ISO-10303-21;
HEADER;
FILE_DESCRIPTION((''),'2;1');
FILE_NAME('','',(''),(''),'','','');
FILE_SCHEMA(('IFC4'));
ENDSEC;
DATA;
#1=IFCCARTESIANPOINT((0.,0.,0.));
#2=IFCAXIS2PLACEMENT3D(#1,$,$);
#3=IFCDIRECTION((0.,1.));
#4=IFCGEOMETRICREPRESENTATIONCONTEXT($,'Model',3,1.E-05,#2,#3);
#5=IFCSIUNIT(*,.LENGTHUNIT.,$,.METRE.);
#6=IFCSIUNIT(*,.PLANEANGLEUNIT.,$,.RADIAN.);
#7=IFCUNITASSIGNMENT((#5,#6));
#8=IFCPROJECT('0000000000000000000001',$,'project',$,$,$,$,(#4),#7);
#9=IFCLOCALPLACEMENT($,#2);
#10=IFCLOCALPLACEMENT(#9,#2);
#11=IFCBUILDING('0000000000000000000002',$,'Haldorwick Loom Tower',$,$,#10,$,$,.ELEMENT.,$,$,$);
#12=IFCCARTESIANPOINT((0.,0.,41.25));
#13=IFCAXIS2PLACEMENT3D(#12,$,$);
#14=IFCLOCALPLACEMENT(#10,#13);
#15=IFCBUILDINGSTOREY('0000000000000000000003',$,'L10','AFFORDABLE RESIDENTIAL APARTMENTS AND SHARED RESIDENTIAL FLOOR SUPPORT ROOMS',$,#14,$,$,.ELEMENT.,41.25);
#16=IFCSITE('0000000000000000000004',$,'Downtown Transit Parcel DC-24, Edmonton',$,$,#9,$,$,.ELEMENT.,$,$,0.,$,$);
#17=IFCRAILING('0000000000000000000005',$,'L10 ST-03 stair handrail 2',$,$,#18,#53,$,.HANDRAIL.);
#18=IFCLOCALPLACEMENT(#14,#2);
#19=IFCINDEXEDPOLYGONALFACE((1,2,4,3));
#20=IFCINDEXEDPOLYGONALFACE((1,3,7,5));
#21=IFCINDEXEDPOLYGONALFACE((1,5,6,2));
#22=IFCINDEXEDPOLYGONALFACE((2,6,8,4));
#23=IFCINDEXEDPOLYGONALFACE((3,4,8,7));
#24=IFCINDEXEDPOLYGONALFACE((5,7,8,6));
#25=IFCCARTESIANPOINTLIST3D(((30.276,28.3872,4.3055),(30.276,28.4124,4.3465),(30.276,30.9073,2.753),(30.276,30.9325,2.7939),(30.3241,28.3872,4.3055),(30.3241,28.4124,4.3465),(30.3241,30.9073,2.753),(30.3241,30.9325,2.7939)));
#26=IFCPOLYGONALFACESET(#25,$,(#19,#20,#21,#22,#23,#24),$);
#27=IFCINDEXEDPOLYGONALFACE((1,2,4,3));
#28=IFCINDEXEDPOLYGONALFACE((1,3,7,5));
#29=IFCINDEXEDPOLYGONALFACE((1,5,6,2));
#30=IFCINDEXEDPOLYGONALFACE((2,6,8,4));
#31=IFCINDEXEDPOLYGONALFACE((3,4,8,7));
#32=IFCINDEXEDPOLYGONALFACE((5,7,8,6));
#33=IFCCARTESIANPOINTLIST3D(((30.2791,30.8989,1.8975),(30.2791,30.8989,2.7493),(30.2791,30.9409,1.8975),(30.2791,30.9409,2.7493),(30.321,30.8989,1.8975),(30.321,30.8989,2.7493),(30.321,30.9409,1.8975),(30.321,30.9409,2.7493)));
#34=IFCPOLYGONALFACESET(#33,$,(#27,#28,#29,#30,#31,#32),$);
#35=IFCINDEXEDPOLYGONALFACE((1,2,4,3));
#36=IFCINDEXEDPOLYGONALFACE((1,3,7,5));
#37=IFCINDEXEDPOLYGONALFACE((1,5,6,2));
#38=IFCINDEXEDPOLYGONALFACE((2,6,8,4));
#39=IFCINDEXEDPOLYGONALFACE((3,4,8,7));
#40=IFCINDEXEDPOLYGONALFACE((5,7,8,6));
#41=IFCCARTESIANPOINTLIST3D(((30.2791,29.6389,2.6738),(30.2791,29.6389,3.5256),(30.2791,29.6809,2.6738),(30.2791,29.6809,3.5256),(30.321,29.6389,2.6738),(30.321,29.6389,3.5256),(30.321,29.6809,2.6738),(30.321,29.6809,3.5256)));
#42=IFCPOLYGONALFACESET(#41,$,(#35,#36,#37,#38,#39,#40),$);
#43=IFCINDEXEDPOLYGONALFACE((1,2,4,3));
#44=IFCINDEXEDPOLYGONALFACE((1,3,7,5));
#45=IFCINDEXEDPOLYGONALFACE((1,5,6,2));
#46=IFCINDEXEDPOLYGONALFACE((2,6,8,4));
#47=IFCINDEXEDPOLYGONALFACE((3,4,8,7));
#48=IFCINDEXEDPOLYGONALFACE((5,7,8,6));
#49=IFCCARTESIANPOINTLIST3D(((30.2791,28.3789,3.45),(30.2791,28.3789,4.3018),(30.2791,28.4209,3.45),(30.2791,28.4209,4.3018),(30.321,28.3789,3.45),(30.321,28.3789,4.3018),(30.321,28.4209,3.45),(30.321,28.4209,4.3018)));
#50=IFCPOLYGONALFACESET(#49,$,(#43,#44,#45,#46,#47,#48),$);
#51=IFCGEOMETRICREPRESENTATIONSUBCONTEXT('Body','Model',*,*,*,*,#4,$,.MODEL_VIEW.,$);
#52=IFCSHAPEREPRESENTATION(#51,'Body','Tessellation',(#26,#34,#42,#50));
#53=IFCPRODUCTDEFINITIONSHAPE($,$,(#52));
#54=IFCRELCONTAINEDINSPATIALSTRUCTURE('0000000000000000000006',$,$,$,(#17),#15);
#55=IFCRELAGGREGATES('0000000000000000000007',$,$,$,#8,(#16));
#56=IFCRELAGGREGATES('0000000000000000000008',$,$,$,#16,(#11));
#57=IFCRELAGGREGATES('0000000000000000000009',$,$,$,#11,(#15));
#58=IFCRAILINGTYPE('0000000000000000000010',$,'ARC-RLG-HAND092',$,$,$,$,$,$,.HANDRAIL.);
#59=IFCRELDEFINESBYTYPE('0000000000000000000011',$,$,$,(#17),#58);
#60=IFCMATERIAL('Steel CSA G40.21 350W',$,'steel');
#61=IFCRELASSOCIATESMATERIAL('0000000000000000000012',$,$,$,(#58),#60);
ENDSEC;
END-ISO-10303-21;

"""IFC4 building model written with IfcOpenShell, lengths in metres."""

from ifc_helpers import new_model, si_unit, direction, frame, origin, origin_2d, place, context, subcontext, project, spatial, rectangle, extrude, material, type_object, element, save


model = new_model("IFC4")

# Units and contexts
model_context = context("Model", 3, precision=1e-05, world=origin(), true_north=direction((0.0, 1.0)))
body_context = subcontext(model_context, "Body", "Model", "MODEL_VIEW")
ifc_project = project(units=[si_unit("LENGTHUNIT", "METRE"), si_unit("PLANEANGLEUNIT", "RADIAN")], contexts=[model_context])

# Site, building, storey
site_placement = place(None, origin())
site = spatial("IfcSite", under=ifc_project, at=site_placement, Name="Downtown Transit Parcel DC-24, Edmonton", CompositionType="ELEMENT", RefElevation=0.0)
building_placement = place(site_placement, origin())
building = spatial("IfcBuilding", under=site, at=building_placement, Name="Haldorwick Loom Tower", CompositionType="ELEMENT")
storey_placement = place(building_placement, frame((0.0, 0.0, 41.25)))
storey = spatial("IfcBuildingStorey", under=building, at=storey_placement, Name="L10", Description="AFFORDABLE RESIDENTIAL APARTMENTS AND SHARED RESIDENTIAL FLOOR SUPPORT ROOMS", CompositionType="ELEMENT", Elevation=41.25)

# Shared definitions
ifc_material_1 = material(Name="Steel CSA G40.21 350W", Category="steel")

# Railing
railing_type_1 = type_object("IfcRailingType", Name="ARC-RLG-HAND092", PredefinedType="HANDRAIL", material=ifc_material_1)
railing_1_placement = place(storey_placement, frame((30.3, 30.9199, 1.8975)))
element("IfcRailing", 1, at=railing_1_placement, inside=storey, type_object=railing_type_1, Name="L10 ST-03 stair handrail 2", PredefinedType="HANDRAIL", context=body_context, shape_type="SweptSolid", body=[
    extrude(rectangle(XDim=0.0481, YDim=0.0481, at=origin_2d()), frame((0.0, 0.0, 0.876), z_axis=(0.0, -0.8514, 0.524516), x_axis=(1.0, 0.0, 0.0)), (0.0, 0.0, 1.0), 2.96),
    extrude(rectangle(XDim=0.042, YDim=0.042, at=origin_2d()), origin(), (0.0, 0.0, 1.0), 0.8518),
    extrude(rectangle(XDim=0.042, YDim=0.042, at=origin_2d()), frame((0.0, -1.26, 0.7764)), (0.0, 0.0, 1.0), 0.8518),
    extrude(rectangle(XDim=0.042, YDim=0.042, at=origin_2d()), frame((0.0, -2.52, 1.5525)), (0.0, 0.0, 1.0), 0.8518),
])

save(model, "model.ifc")
